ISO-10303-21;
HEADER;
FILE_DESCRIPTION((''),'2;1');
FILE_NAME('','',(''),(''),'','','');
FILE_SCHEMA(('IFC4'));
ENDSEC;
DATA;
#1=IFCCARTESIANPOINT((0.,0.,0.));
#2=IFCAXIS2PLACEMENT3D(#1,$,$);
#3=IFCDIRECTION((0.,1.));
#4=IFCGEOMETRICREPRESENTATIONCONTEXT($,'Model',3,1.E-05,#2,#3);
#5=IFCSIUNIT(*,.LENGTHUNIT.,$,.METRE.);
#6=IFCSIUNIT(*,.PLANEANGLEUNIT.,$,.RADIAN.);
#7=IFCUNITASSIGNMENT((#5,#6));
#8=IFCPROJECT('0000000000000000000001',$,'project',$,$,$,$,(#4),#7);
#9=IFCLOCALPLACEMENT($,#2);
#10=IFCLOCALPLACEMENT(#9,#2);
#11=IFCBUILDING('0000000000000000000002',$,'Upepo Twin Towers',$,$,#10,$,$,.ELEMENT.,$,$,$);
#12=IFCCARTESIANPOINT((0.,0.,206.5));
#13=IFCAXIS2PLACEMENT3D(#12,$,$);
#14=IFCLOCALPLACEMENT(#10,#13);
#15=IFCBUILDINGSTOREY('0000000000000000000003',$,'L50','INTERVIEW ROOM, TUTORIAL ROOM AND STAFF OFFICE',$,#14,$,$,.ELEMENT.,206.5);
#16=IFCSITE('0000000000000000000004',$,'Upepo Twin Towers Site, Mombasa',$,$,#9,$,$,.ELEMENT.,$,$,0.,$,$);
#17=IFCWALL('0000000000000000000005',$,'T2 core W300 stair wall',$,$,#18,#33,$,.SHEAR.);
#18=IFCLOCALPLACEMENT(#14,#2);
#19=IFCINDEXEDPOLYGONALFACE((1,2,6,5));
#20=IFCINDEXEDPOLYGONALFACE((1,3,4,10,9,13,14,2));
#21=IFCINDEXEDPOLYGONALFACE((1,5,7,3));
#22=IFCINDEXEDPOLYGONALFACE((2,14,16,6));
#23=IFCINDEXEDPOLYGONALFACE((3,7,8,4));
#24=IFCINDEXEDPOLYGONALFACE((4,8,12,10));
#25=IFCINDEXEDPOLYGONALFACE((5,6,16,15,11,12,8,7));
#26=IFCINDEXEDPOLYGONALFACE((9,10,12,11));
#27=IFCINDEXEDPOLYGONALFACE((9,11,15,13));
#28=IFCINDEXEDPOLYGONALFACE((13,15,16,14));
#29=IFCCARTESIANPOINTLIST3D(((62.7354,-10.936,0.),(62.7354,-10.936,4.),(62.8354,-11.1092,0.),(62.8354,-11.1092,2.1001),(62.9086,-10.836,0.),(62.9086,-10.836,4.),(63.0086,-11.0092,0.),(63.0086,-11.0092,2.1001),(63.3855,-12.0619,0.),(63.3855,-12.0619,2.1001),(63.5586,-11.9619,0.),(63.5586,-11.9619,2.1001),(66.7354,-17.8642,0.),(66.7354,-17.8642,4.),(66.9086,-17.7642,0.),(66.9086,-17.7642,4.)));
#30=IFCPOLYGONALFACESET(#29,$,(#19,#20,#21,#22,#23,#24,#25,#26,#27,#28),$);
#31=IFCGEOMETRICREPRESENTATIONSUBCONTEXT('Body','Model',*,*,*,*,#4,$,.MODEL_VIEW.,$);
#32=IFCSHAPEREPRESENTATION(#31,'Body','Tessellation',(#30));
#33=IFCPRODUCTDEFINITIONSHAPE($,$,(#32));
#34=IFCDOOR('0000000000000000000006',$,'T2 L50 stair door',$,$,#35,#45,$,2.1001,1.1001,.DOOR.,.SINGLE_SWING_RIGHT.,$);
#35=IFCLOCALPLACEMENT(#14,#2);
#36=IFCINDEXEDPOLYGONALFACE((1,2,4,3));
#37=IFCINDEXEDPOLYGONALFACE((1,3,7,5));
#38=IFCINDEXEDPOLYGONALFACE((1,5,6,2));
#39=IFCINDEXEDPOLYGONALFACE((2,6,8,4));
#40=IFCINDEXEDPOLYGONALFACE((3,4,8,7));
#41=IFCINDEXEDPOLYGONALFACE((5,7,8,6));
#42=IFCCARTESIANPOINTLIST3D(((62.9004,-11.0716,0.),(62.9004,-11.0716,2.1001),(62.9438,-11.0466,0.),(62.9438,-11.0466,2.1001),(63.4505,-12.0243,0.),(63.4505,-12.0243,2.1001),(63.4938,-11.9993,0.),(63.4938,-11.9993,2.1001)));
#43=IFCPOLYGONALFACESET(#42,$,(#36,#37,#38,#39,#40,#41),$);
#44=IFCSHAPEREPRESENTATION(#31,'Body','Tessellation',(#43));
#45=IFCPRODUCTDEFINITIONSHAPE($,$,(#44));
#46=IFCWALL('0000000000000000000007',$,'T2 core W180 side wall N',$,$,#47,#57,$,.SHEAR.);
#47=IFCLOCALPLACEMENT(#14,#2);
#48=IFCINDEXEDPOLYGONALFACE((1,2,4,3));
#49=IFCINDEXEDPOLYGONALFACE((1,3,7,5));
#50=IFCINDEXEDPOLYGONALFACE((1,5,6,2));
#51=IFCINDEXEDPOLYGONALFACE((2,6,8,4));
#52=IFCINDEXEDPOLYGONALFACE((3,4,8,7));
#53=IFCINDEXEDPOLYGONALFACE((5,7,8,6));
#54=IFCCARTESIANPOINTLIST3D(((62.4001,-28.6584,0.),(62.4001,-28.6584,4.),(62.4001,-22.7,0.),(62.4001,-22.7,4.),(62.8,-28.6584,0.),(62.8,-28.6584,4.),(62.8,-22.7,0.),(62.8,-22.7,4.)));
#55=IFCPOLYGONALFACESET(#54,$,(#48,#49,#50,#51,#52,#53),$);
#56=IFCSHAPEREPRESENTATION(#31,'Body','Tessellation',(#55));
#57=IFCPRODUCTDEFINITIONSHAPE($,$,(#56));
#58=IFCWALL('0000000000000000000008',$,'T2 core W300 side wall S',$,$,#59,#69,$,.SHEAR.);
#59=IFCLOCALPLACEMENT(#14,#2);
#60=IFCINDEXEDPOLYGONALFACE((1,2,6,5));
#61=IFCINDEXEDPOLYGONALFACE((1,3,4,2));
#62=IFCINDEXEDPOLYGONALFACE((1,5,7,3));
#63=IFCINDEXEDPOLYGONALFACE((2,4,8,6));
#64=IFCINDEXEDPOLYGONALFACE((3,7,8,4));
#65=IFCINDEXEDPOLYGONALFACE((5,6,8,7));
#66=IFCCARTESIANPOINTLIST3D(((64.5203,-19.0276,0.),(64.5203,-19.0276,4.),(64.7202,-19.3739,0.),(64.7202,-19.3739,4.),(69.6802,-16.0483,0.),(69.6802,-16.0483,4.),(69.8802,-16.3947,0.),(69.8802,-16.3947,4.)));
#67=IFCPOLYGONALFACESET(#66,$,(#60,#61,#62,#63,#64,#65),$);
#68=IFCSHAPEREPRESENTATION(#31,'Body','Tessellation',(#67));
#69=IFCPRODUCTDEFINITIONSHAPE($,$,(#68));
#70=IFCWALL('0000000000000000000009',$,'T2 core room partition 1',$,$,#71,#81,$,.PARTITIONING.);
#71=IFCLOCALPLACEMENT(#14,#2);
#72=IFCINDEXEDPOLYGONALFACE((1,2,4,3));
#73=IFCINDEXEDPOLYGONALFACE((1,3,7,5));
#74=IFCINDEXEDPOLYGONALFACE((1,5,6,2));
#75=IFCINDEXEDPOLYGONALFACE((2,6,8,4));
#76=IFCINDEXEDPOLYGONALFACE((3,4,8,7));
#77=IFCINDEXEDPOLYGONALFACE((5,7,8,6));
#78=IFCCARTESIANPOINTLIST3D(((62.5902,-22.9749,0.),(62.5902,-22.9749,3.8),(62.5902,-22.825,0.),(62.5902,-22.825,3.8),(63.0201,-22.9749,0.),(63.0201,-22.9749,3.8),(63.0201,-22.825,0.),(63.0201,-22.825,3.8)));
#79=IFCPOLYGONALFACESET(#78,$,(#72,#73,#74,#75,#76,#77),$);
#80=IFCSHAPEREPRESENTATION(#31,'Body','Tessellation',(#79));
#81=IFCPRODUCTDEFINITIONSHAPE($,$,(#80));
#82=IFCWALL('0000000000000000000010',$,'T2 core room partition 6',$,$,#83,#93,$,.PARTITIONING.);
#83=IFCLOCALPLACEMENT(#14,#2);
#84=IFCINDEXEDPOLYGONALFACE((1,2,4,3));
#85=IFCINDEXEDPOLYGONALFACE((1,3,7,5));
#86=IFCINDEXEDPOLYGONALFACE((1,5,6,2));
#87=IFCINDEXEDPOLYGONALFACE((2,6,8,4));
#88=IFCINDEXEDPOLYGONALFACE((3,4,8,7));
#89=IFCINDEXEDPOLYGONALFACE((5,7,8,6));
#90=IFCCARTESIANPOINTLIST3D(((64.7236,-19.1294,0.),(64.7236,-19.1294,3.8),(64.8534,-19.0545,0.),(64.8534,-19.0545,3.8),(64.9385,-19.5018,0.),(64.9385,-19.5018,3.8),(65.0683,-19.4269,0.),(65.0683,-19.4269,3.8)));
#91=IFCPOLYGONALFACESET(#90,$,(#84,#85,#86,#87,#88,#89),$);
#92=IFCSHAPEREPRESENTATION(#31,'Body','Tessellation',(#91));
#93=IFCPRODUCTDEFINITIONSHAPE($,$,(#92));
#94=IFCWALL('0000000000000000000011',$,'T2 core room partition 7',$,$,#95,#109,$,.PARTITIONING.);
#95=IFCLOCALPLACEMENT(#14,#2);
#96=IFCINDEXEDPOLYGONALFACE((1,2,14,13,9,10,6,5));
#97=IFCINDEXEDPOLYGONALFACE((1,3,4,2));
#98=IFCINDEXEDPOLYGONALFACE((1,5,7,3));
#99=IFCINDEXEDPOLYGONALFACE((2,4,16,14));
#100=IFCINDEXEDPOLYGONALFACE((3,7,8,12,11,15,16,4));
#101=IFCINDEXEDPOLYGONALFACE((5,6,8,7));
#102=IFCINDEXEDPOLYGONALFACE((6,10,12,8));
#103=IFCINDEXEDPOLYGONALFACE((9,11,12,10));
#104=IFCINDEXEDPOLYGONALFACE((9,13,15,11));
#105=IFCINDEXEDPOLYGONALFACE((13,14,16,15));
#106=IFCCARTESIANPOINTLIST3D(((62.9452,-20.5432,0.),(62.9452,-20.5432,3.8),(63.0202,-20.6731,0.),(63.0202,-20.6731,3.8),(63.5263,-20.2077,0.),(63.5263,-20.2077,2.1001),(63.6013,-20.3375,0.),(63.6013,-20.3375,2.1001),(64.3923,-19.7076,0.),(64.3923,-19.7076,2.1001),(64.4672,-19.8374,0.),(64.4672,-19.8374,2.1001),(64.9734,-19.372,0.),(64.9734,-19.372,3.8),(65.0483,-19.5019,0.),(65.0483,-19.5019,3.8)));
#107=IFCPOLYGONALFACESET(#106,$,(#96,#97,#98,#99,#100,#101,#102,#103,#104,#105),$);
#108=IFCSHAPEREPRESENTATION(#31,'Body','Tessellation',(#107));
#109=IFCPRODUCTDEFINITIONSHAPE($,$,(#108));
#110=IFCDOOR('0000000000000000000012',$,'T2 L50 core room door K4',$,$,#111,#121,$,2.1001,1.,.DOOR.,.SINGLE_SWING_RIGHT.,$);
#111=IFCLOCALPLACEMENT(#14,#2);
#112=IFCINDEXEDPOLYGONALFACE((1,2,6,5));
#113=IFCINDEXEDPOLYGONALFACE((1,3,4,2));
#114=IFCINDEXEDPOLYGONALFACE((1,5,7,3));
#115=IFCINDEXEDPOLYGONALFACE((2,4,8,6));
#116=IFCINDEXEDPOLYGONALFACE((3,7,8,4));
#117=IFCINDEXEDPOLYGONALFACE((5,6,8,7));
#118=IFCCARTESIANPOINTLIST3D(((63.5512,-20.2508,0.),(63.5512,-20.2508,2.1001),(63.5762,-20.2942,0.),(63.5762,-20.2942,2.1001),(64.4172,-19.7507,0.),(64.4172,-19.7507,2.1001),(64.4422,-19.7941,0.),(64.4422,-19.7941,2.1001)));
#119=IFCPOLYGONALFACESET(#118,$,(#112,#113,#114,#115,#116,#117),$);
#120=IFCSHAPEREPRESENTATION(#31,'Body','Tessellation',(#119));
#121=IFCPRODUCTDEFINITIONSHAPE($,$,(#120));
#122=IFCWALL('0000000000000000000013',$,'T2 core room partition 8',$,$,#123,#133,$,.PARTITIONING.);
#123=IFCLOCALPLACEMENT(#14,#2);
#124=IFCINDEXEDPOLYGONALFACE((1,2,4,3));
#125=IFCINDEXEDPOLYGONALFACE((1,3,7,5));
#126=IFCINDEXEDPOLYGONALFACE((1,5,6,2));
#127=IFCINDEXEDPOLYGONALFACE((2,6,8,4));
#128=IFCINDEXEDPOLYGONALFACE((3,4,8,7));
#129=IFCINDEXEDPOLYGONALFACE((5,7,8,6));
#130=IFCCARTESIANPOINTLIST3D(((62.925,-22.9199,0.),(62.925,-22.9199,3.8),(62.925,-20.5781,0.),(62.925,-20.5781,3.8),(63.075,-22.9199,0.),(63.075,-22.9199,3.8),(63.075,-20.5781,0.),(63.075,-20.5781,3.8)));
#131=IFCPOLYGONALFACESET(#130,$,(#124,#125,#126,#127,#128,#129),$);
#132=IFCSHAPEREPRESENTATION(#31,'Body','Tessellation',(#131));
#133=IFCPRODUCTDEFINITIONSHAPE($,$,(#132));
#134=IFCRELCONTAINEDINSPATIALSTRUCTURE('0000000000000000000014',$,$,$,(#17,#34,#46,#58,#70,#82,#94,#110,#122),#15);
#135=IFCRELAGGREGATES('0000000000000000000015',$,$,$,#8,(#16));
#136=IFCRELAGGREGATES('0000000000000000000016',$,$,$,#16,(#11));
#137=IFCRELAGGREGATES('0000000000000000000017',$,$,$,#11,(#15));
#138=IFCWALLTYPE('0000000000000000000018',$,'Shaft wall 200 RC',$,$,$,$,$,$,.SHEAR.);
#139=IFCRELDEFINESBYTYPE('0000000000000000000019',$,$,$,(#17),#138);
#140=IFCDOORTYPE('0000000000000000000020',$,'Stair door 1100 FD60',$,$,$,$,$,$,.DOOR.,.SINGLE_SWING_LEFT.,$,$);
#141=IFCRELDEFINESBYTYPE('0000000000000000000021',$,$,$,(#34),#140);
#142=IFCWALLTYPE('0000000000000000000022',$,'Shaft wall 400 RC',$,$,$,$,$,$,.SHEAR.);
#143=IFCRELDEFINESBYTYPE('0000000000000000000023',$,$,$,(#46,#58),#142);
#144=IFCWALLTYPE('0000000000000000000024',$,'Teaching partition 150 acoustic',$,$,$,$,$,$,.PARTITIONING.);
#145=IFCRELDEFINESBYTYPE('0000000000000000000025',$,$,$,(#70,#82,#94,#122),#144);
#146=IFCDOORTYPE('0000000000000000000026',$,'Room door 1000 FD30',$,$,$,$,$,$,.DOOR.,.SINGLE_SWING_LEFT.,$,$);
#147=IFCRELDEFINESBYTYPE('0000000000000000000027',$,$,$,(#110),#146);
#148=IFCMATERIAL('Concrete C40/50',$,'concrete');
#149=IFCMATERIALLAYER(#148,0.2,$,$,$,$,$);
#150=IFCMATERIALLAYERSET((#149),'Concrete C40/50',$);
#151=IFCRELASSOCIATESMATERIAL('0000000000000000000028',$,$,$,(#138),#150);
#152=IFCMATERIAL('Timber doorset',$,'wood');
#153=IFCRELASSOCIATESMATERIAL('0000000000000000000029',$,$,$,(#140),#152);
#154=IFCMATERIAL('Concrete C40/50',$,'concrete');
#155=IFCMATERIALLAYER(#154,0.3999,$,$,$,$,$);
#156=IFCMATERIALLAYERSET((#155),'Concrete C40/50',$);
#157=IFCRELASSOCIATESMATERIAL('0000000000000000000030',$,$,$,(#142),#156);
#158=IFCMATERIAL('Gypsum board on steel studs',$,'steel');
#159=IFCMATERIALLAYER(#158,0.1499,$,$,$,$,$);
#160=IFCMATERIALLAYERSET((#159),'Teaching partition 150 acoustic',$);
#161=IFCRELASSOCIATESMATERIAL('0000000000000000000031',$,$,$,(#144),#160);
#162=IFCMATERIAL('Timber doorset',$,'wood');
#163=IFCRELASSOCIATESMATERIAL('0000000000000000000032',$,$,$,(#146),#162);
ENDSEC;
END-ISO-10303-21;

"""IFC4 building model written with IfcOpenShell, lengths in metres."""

from ifc_helpers import new_model, si_unit, direction, frame, frame_2d, origin, place, context, subcontext, project, spatial, rectangle, extrude, material, layer, layer_set, type_object, element, fill, save


model = new_model("IFC4")

# Units and contexts
model_context = context("Model", 3, precision=1e-05, world=origin(), true_north=direction((0.0, 1.0)))
body_context = subcontext(model_context, "Body", "Model", "MODEL_VIEW")
ifc_project = project(units=[si_unit("LENGTHUNIT", "METRE"), si_unit("PLANEANGLEUNIT", "RADIAN")], contexts=[model_context])

# Site, building, storey
site_placement = place(None, origin())
site = spatial("IfcSite", under=ifc_project, at=site_placement, Name="Upepo Twin Towers Site, Mombasa", CompositionType="ELEMENT", RefElevation=0.0)
building_placement = place(site_placement, origin())
building = spatial("IfcBuilding", under=site, at=building_placement, Name="Upepo Twin Towers", CompositionType="ELEMENT")
storey_placement = place(building_placement, frame((0.0, 0.0, 206.5)))
storey = spatial("IfcBuildingStorey", under=building, at=storey_placement, Name="L50", Description="INTERVIEW ROOM, TUTORIAL ROOM AND STAFF OFFICE", CompositionType="ELEMENT", Elevation=206.5)

# Shared definitions
ifc_material_1 = material(Name="Concrete C40/50", Category="concrete")
ifc_layer_1 = layer(ifc_material_1, 0.2)
ifc_layer_set_1 = layer_set([ifc_layer_1], Name="Concrete C40/50")
wall_type_1 = type_object("IfcWallType", Name="Shaft wall 200 RC", PredefinedType="SHEAR", material=ifc_layer_set_1)

# Wall, opening, door
wall_1_placement = place(storey_placement, frame((66.822, -17.8142, 0.0), z_axis=(0.0, 0.0, 1.0), x_axis=(-0.499999, 0.866026, 0.0)))
wall_1 = element("IfcWall", 1, at=wall_1_placement, inside=storey, type_object=wall_type_1, Name="T2 core W300 stair wall", PredefinedType="SHEAR", context=body_context, shape_type="SweptSolid", body=[
    extrude(rectangle(XDim=8.0, YDim=0.2, at=frame_2d((4.0, 0.0))), origin(), (0.0, 0.0, 1.0), 4.0),
])
opening_1_placement = place(wall_1_placement, frame((6.7, 0.0, 0.0)))
opening_1 = element("IfcOpeningElement", 2, at=opening_1_placement, cuts=wall_1, PredefinedType="OPENING", context=body_context, shape_type="SweptSolid", body=[
    extrude(rectangle(XDim=1.1001, YDim=2.1001, at=frame_2d((0.55, 1.05))), frame((0.0, 0.1099, 0.0), z_axis=(0.0, -1.0, 0.0), x_axis=(1.0, 0.0, 0.0)), (0.0, 0.0, 1.0), 0.22),
])
ifc_material_2 = material(Name="Timber doorset", Category="wood")
door_type_1 = type_object("IfcDoorType", Name="Stair door 1100 FD60", OperationType="SINGLE_SWING_LEFT", PredefinedType="DOOR", material=ifc_material_2)
door_1_placement = place(opening_1_placement, origin())
door_1 = element("IfcDoor", 3, at=door_1_placement, inside=storey, type_object=door_type_1, Name="T2 L50 stair door", OperationType="SINGLE_SWING_RIGHT", OverallHeight=2.1001, OverallWidth=1.1001, PredefinedType="DOOR", context=body_context, shape_type="SweptSolid", body=[
    extrude(rectangle(XDim=1.1001, YDim=2.1001, at=frame_2d((0.55, 1.05))), frame((0.0, 0.0249, 0.0), z_axis=(0.0, -1.0, 0.0), x_axis=(1.0, 0.0, 0.0)), (0.0, 0.0, 1.0), 0.05),
])
fill(opening_1, door_1)

# Walls
ifc_material_3 = material(Name="Concrete C40/50", Category="concrete")
ifc_layer_2 = layer(ifc_material_3, 0.3999)
ifc_layer_set_2 = layer_set([ifc_layer_2], Name="Concrete C40/50")
wall_type_2 = type_object("IfcWallType", Name="Shaft wall 400 RC", PredefinedType="SHEAR", material=ifc_layer_set_2)
wall_2_placement = place(storey_placement, frame((62.6001, -22.7, 0.0), z_axis=(0.0, 0.0, 1.0), x_axis=(0.0, -1.0, 0.0)))
element("IfcWall", 4, at=wall_2_placement, inside=storey, type_object=wall_type_2, Name="T2 core W180 side wall N", PredefinedType="SHEAR", context=body_context, shape_type="SweptSolid", body=[
    extrude(rectangle(XDim=5.9585, YDim=0.3999, at=frame_2d((2.9792, 0.0))), origin(), (0.0, 0.0, 1.0), 4.0),
])
wall_3_placement = place(storey_placement, frame((64.6204, -19.2007, 0.0), z_axis=(0.0, 0.0, 1.0), x_axis=(0.866013, 0.500022, 0.0)))
element("IfcWall", 5, at=wall_3_placement, inside=storey, type_object=wall_type_2, Name="T2 core W300 side wall S", PredefinedType="SHEAR", context=body_context, shape_type="SweptSolid", body=[
    extrude(rectangle(XDim=5.9583, YDim=0.3999, at=frame_2d((2.979, 0.0))), origin(), (0.0, 0.0, 1.0), 4.0),
])
ifc_material_4 = material(Name="Gypsum board on steel studs", Category="steel")
ifc_layer_3 = layer(ifc_material_4, 0.1499)
ifc_layer_set_3 = layer_set([ifc_layer_3], Name="Teaching partition 150 acoustic")
wall_type_3 = type_object("IfcWallType", Name="Teaching partition 150 acoustic", PredefinedType="PARTITIONING", material=ifc_layer_set_3)
for number, where, z_axis, x_axis, name in (
    (6, (63.02, -22.8999, 0.0), (0.0, 0.0, 1.0), (-1.0, 0.0, 0.0), "T2 core room partition 1"),
    (7, (64.7886, -19.092, 0.0), (0.0, 0.0, 1.0), (0.499804, -0.866138, 0.0), "T2 core room partition 6"),
):
    element("IfcWall", number, at=place(storey_placement, frame(where, z_axis=z_axis, x_axis=x_axis)), inside=storey, type_object=wall_type_3, Name=name, PredefinedType="PARTITIONING", context=body_context, shape_type="SweptSolid", body=[
        extrude(rectangle(XDim=0.4299, YDim=0.1499, at=frame_2d((0.2148, 0.0))), origin(), (0.0, 0.0, 1.0), 3.8),
    ])

# Wall, opening, door
wall_4_placement = place(storey_placement, frame((65.0107, -19.437, 0.0), z_axis=(0.0, 0.0, 1.0), x_axis=(-0.865982, -0.500074, 0.0)))
wall_4 = element("IfcWall", 8, at=wall_4_placement, inside=storey, type_object=wall_type_3, Name="T2 core room partition 7", PredefinedType="PARTITIONING", context=body_context, shape_type="SweptSolid", body=[
    extrude(rectangle(XDim=2.342, YDim=0.1499, at=frame_2d((1.1709, 0.0))), origin(), (0.0, 0.0, 1.0), 3.8),
])
opening_2_placement = place(wall_4_placement, frame((0.6709, 0.0, 0.0)))
opening_2 = element("IfcOpeningElement", 9, at=opening_2_placement, cuts=wall_4, PredefinedType="OPENING", context=body_context, shape_type="SweptSolid", body=[
    extrude(rectangle(XDim=1.0, YDim=2.1001, at=frame_2d((0.5, 1.05))), frame((0.0, 0.085, 0.0), z_axis=(0.0, -1.0, 0.0), x_axis=(1.0, 0.0, 0.0)), (0.0, 0.0, 1.0), 0.1699),
])
ifc_material_5 = material(Name="Timber doorset", Category="wood")
door_type_2 = type_object("IfcDoorType", Name="Room door 1000 FD30", OperationType="SINGLE_SWING_LEFT", PredefinedType="DOOR", material=ifc_material_5)
door_2_placement = place(opening_2_placement, origin())
door_2 = element("IfcDoor", 10, at=door_2_placement, inside=storey, type_object=door_type_2, Name="T2 L50 core room door K4", OperationType="SINGLE_SWING_RIGHT", OverallHeight=2.1001, OverallWidth=1.0, PredefinedType="DOOR", context=body_context, shape_type="SweptSolid", body=[
    extrude(rectangle(XDim=1.0, YDim=2.1001, at=frame_2d((0.5, 1.05))), frame((0.0, 0.0249, 0.0), z_axis=(0.0, -1.0, 0.0), x_axis=(1.0, 0.0, 0.0)), (0.0, 0.0, 1.0), 0.05),
])
fill(opening_2, door_2)

# Wall
wall_5_placement = place(storey_placement, frame((63.0, -20.5781, 0.0), z_axis=(0.0, 0.0, 1.0), x_axis=(0.0, -1.0, 0.0)))
element("IfcWall", 11, at=wall_5_placement, inside=storey, type_object=wall_type_3, Name="T2 core room partition 8", PredefinedType="PARTITIONING", context=body_context, shape_type="SweptSolid", body=[
    extrude(rectangle(XDim=2.3418, YDim=0.1499, at=frame_2d((1.1709, 0.0))), origin(), (0.0, 0.0, 1.0), 3.8),
])

save(model, "model.ifc")
